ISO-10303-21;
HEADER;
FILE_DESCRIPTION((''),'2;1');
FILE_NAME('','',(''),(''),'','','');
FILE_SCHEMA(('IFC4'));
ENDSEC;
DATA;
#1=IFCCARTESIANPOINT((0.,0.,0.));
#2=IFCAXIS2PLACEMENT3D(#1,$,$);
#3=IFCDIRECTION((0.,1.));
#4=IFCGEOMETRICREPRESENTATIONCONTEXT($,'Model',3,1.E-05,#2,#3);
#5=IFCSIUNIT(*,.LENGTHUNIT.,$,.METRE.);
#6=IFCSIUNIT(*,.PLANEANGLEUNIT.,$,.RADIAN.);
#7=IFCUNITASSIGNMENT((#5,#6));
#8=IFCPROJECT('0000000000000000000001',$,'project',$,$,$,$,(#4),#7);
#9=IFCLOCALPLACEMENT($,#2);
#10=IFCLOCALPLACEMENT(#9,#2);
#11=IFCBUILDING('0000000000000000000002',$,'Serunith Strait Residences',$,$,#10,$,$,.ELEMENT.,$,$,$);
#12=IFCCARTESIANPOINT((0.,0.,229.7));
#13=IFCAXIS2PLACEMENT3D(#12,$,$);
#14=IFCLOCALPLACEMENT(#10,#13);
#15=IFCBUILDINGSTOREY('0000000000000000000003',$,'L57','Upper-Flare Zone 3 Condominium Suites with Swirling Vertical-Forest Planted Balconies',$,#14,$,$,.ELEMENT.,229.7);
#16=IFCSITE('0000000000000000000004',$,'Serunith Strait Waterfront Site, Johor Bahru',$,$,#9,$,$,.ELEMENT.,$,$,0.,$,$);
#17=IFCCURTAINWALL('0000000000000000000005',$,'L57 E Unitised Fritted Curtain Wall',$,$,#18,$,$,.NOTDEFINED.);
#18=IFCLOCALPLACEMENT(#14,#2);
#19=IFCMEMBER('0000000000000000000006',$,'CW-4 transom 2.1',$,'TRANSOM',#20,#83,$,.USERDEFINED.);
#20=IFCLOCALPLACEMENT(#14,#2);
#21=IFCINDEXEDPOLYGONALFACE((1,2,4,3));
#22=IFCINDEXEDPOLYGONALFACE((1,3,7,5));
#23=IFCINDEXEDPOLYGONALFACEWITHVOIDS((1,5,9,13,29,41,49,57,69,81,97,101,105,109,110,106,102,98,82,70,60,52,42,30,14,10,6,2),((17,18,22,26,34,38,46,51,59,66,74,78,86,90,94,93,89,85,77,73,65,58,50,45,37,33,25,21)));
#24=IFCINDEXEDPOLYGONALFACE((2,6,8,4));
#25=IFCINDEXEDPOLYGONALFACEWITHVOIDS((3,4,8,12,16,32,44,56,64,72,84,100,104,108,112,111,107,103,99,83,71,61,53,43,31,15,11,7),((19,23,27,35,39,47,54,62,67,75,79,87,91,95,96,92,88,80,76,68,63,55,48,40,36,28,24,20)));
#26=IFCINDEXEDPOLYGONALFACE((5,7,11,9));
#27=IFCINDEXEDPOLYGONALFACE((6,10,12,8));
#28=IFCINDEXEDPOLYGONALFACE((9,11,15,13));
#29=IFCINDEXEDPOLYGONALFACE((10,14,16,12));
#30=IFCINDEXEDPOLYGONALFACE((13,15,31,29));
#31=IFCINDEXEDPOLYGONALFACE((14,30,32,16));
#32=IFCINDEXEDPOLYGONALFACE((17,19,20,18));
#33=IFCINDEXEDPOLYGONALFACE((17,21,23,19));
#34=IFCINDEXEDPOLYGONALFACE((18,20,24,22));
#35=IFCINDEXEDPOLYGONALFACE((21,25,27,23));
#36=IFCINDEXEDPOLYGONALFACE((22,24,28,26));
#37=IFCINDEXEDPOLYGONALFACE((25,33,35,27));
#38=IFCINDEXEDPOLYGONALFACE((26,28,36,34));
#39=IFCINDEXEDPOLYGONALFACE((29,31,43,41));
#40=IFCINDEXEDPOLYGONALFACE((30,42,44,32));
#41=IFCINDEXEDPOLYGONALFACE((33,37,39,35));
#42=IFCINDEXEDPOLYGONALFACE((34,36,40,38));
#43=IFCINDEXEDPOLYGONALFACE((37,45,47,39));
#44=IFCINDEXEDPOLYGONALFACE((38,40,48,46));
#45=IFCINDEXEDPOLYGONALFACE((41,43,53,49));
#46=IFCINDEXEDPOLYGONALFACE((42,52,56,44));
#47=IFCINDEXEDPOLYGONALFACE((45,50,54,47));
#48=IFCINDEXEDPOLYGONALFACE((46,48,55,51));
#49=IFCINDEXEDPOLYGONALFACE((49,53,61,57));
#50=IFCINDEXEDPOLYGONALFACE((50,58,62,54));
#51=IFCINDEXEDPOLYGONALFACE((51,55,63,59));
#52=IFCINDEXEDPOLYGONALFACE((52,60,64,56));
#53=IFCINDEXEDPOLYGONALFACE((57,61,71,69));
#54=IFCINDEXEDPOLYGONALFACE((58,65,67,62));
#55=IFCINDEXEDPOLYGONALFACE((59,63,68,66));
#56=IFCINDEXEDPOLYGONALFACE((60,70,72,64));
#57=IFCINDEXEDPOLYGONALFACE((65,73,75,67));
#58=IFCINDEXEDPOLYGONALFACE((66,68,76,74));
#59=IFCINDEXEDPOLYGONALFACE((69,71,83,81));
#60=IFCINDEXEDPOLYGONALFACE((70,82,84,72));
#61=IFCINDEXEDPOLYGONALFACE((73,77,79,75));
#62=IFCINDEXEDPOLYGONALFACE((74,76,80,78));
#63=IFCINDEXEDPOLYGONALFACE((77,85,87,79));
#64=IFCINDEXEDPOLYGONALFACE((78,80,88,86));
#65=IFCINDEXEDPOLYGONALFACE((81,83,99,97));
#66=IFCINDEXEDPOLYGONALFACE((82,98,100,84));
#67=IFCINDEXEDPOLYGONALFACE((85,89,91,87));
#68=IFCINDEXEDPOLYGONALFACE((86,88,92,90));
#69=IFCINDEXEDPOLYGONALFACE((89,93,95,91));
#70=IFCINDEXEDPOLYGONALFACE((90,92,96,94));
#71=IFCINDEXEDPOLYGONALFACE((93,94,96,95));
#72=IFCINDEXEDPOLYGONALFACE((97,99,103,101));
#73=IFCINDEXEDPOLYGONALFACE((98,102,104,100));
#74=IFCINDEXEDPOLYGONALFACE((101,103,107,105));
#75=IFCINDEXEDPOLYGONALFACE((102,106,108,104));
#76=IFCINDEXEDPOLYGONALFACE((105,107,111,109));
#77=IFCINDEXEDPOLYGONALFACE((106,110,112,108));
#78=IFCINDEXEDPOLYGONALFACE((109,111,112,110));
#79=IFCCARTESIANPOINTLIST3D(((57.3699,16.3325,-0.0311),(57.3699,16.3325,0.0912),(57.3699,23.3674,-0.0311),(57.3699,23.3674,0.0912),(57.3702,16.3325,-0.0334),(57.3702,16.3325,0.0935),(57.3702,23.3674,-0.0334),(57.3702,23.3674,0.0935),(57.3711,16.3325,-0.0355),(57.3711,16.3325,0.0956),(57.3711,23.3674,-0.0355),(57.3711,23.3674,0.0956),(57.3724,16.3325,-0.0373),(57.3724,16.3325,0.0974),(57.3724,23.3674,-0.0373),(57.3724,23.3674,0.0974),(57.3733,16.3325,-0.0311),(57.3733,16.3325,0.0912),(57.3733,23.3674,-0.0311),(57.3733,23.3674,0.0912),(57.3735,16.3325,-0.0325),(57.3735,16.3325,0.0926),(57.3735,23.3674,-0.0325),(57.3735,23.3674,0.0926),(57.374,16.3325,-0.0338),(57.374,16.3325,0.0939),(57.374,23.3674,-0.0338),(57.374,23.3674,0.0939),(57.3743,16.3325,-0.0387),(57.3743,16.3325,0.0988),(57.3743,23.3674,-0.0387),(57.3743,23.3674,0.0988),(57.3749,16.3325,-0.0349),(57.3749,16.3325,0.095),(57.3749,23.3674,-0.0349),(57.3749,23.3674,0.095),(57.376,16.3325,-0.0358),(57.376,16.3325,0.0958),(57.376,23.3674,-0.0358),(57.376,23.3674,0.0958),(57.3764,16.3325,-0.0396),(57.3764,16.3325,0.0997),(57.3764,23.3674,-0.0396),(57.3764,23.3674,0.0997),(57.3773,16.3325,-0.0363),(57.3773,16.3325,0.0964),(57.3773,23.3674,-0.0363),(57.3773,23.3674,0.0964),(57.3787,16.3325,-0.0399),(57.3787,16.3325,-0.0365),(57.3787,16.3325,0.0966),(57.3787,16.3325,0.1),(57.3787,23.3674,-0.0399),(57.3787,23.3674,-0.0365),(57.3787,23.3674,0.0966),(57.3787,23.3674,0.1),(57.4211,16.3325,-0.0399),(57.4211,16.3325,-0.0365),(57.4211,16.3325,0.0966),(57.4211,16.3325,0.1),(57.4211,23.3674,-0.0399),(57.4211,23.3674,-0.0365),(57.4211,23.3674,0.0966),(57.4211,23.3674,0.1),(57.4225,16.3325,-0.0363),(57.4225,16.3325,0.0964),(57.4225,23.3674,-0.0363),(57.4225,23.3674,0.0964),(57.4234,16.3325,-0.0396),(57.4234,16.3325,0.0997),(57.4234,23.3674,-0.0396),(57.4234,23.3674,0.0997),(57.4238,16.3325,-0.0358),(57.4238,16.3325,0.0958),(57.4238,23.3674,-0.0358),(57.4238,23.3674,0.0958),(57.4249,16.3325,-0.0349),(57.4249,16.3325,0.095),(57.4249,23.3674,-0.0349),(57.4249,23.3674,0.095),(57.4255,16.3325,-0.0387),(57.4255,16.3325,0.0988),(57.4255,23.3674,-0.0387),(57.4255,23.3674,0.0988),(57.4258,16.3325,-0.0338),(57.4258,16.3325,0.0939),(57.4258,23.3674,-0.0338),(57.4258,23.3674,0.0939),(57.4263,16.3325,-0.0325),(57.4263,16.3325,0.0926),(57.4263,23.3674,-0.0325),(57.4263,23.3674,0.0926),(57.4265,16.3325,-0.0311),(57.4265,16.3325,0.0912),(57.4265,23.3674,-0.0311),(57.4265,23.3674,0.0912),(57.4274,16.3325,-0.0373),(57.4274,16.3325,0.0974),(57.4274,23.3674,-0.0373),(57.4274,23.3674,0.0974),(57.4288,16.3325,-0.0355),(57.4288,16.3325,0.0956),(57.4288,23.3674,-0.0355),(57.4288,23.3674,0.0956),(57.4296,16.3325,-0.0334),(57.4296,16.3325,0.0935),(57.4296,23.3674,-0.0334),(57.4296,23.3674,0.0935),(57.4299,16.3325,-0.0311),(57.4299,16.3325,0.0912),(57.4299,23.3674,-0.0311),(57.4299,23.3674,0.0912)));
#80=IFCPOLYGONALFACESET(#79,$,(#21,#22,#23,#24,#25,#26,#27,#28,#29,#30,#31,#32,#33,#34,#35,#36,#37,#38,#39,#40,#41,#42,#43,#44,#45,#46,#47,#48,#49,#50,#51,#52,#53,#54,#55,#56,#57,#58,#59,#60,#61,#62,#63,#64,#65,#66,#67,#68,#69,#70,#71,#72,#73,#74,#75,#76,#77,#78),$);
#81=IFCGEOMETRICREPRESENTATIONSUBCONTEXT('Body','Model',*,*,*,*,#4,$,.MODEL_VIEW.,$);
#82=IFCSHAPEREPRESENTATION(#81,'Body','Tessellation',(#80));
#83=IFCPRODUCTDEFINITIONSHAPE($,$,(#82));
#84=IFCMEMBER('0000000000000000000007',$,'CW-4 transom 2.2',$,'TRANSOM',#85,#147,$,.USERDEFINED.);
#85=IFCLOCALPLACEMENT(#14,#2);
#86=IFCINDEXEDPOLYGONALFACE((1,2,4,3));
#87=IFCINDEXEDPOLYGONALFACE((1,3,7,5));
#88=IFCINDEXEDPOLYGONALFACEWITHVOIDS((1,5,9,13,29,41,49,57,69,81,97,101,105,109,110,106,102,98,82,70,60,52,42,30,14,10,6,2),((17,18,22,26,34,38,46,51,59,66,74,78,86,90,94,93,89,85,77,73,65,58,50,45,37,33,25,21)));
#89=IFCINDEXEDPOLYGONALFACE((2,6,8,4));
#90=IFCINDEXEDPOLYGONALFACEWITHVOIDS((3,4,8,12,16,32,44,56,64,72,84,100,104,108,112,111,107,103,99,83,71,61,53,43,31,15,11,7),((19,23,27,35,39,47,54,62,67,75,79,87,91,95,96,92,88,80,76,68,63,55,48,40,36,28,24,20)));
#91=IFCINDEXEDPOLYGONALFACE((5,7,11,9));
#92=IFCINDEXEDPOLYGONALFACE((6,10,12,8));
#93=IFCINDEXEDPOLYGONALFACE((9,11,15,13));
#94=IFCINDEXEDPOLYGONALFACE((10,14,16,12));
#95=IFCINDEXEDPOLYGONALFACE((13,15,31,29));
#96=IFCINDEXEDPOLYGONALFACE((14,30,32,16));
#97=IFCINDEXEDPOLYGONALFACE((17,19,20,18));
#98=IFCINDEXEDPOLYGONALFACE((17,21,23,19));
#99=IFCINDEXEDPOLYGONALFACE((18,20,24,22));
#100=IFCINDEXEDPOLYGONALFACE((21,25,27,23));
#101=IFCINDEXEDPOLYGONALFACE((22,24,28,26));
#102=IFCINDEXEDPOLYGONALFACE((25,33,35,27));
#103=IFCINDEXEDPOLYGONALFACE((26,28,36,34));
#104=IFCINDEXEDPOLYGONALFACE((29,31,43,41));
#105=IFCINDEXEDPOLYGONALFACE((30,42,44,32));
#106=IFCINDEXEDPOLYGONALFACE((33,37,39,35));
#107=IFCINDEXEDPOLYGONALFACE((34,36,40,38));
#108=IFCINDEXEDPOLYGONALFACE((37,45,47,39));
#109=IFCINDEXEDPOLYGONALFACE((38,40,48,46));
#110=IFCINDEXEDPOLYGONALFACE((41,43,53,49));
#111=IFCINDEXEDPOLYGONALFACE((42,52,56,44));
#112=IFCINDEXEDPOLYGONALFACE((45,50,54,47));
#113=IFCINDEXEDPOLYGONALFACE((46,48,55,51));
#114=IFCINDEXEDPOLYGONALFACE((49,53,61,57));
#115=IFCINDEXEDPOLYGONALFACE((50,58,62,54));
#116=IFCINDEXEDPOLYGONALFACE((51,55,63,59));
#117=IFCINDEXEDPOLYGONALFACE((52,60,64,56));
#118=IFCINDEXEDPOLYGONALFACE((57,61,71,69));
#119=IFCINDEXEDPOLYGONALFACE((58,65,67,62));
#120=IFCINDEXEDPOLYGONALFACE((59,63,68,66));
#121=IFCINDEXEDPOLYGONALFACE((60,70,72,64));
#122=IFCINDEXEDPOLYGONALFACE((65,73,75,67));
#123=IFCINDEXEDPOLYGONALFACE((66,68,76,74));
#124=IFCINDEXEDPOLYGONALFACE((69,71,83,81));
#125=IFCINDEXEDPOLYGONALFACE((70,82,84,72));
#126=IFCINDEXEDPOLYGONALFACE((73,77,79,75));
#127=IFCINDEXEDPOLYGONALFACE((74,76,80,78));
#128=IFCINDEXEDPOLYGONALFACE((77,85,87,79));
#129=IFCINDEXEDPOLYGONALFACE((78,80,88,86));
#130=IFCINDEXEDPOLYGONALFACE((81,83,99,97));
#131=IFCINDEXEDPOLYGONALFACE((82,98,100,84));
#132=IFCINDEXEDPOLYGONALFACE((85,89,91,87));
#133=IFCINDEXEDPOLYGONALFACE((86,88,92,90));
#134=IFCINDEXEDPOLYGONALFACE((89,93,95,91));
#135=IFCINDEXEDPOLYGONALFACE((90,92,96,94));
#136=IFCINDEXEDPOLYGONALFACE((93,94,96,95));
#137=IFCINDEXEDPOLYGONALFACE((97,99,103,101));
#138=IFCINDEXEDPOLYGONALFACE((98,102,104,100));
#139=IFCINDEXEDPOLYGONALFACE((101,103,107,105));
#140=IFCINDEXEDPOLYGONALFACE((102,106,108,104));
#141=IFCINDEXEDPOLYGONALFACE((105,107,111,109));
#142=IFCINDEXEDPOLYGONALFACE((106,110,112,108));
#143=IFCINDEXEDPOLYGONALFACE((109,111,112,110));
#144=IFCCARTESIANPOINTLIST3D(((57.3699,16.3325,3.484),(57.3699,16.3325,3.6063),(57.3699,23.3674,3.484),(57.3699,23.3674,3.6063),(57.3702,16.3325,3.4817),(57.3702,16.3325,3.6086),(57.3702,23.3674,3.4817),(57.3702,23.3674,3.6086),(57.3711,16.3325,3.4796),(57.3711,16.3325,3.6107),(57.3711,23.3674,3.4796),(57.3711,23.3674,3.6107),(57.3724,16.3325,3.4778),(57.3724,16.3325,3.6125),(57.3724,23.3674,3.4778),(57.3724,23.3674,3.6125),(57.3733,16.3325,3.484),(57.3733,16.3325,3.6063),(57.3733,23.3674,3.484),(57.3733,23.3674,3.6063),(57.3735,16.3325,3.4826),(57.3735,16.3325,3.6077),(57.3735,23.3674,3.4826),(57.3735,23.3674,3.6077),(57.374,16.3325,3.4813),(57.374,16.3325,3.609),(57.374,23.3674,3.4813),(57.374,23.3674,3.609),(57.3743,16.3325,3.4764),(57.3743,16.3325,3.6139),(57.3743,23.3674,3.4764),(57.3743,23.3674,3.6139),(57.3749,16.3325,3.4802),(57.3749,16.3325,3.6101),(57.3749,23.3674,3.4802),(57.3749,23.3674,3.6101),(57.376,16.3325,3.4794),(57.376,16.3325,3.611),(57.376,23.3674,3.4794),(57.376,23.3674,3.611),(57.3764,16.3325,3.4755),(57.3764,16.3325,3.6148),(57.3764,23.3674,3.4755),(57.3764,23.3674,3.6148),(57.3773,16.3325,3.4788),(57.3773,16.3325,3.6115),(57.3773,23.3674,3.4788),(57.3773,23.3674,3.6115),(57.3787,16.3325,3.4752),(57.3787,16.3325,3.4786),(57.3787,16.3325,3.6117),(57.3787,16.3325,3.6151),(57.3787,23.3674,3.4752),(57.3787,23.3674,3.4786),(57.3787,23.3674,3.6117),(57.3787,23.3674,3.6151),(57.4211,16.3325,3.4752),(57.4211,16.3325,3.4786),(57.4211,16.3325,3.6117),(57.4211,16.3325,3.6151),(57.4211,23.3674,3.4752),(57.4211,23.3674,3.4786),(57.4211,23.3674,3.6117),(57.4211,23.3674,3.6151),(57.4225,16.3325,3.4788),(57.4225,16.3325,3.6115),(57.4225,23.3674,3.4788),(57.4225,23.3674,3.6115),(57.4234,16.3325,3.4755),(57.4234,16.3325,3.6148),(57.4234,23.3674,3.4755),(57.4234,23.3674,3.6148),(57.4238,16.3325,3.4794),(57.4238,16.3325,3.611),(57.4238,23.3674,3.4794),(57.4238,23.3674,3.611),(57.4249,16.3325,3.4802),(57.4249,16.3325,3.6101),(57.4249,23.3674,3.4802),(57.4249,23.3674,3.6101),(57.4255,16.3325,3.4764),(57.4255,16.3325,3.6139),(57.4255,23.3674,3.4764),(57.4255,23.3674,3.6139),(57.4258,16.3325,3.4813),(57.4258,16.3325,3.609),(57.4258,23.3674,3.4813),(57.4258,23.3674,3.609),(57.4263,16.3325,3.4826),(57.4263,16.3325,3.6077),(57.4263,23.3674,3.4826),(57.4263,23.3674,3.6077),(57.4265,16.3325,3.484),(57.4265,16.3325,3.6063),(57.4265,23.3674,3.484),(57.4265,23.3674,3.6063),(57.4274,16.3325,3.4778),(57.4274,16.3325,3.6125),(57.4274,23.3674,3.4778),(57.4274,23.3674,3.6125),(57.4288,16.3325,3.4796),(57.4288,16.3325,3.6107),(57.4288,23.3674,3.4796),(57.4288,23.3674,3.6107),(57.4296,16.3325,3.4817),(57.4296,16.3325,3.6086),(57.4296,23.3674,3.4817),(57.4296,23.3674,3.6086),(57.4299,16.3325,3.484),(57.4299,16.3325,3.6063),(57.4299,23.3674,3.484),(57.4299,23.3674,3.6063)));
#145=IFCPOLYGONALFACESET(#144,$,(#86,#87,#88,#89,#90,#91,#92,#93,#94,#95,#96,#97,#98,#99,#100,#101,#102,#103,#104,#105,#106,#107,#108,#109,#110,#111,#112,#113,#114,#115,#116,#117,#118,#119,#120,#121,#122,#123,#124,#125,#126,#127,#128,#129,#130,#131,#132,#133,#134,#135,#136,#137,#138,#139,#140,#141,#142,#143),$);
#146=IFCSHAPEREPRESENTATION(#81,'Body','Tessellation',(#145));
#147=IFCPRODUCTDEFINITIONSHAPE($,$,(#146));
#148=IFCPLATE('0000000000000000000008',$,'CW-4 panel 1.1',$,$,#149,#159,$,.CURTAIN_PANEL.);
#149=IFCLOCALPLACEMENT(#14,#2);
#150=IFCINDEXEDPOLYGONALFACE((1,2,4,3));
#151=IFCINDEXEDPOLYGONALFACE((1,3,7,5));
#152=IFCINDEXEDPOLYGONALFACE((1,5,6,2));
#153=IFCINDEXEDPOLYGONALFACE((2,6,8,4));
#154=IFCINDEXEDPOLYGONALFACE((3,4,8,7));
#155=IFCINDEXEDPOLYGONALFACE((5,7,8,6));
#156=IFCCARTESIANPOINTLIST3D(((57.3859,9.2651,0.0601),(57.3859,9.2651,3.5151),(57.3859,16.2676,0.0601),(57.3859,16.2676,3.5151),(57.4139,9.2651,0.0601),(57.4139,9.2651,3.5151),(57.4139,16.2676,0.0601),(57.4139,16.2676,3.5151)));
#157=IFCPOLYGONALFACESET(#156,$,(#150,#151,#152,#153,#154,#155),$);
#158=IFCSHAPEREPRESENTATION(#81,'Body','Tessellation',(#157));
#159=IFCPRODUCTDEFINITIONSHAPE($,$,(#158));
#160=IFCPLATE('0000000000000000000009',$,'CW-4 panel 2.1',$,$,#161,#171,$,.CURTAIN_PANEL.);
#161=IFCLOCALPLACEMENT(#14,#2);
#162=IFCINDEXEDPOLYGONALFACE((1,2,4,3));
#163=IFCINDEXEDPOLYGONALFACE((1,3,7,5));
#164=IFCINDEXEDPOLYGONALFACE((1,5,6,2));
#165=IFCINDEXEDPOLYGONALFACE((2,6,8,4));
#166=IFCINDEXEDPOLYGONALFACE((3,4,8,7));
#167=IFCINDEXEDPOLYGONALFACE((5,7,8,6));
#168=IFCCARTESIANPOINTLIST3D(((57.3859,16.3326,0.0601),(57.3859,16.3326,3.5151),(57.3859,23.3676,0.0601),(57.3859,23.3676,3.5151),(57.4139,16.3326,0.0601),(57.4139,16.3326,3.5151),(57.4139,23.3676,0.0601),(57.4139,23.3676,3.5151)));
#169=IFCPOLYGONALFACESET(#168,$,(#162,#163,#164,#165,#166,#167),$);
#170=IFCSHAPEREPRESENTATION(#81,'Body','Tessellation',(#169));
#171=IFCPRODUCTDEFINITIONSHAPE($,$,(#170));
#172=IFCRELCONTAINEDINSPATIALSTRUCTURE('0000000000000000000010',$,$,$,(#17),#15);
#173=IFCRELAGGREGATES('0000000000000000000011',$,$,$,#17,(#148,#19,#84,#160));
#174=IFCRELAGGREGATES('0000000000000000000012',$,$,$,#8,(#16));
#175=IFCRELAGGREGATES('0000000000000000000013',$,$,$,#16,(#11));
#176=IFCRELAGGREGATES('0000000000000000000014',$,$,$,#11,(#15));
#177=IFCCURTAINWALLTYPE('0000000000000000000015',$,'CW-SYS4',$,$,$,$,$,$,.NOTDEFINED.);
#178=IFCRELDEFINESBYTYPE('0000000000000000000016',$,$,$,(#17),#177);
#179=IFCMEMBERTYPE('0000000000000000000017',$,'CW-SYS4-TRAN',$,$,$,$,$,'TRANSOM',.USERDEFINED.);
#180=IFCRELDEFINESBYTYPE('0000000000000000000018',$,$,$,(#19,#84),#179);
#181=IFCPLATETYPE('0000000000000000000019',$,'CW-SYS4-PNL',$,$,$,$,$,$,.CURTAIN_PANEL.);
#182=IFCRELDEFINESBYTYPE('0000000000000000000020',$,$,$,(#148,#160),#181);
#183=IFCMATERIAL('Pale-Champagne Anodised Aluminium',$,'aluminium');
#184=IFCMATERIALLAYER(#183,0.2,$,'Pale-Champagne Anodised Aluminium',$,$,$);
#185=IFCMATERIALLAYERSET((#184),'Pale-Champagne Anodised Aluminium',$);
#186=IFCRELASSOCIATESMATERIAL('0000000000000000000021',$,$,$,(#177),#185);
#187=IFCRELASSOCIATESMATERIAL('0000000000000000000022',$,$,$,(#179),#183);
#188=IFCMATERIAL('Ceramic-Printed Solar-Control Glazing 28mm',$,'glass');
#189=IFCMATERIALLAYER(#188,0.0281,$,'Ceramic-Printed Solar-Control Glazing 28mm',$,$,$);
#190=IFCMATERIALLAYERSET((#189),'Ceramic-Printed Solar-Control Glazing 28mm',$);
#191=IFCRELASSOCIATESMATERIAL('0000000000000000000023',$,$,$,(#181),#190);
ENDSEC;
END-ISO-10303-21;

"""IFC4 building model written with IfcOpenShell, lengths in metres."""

from ifc_helpers import new_model, si_unit, direction, frame, origin, origin_2d, place, context, subcontext, project, spatial, rectangle, hollow_rectangle, extrude, source, transform, mapped, material, layer, layer_set, material_profile, profile_set, type_object, element, aggregate, save


model = new_model("IFC4")

# Units and contexts
model_context = context("Model", 3, precision=1e-05, world=origin(), true_north=direction((0.0, 1.0)))
body_context = subcontext(model_context, "Body", "Model", "MODEL_VIEW")
ifc_project = project(units=[si_unit("LENGTHUNIT", "METRE"), si_unit("PLANEANGLEUNIT", "RADIAN")], contexts=[model_context])

# Site, building, storey
site_placement = place(None, origin())
site = spatial("IfcSite", under=ifc_project, at=site_placement, Name="Serunith Strait Waterfront Site, Johor Bahru", CompositionType="ELEMENT", RefElevation=0.0)
building_placement = place(site_placement, origin())
building = spatial("IfcBuilding", under=site, at=building_placement, Name="Serunith Strait Residences", CompositionType="ELEMENT")
storey_placement = place(building_placement, frame((0.0, 0.0, 229.7)))
storey = spatial("IfcBuildingStorey", under=building, at=storey_placement, Name="L57", Description="Upper-Flare Zone 3 Condominium Suites with Swirling Vertical-Forest Planted Balconies", CompositionType="ELEMENT", Elevation=229.7)

# Curtain wall, members, plates
ifc_material_1 = material(Name="Pale-Champagne Anodised Aluminium", Category="aluminium")
ifc_layer_1 = layer(ifc_material_1, 0.2, Name="Pale-Champagne Anodised Aluminium")
ifc_layer_set_1 = layer_set([ifc_layer_1], Name="Pale-Champagne Anodised Aluminium")
curtain_wall_type = type_object("IfcCurtainWallType", Name="CW-SYS4", PredefinedType="NOTDEFINED", material=ifc_layer_set_1)
curtain_wall_placement = place(storey_placement, origin())
curtain_wall = element("IfcCurtainWall", 1, at=curtain_wall_placement, inside=storey, type_object=curtain_wall_type, Name="L57 E Unitised Fritted Curtain Wall", PredefinedType="NOTDEFINED")
ifc_material_profile_1 = material_profile(ifc_material_1, hollow_rectangle(XDim=0.0601, YDim=0.1399, WallThickness=0.0034, InnerFilletRadius=0.0054, OuterFilletRadius=0.0088, at=origin_2d()), Name="ALU 140x60x3.5")
ifc_profile_set_1 = profile_set([ifc_material_profile_1], Name="Pale-Champagne Anodised Aluminium")
member_type_1 = type_object("IfcMemberType", Name="CW-SYS4-TRAN", ElementType="TRANSOM", PredefinedType="USERDEFINED", material=ifc_profile_set_1)
shared_shape_1 = source(origin(), body_context, "Body", "SweptSolid", [
    extrude(hollow_rectangle(XDim=0.0601, YDim=0.1399, WallThickness=0.0034, InnerFilletRadius=0.0054, OuterFilletRadius=0.0088, at=origin_2d()), origin(), (0.0, 0.0, 1.0), 7.0349),
])
member_1_placement = place(storey_placement, frame((57.3999, 16.3325, 0.03), z_axis=(0.0, 1.0, 0.0), x_axis=(-1.0, 0.0, 0.0)))
member_1 = element("IfcMember", 2, at=member_1_placement, type_object=member_type_1, Name="CW-4 transom 2.1", ObjectType="TRANSOM", PredefinedType="USERDEFINED", context=body_context, shape_type="MappedRepresentation", body=[
    mapped(shared_shape_1, transform((0.0, 0.0, 0.0), scale=1.0)),
])
member_2_placement = place(storey_placement, frame((57.3999, 16.3325, 3.5452), z_axis=(0.0, 1.0, 0.0), x_axis=(-1.0, 0.0, 0.0)))
member_2 = element("IfcMember", 3, at=member_2_placement, type_object=member_type_1, Name="CW-4 transom 2.2", ObjectType="TRANSOM", PredefinedType="USERDEFINED", context=body_context, shape_type="MappedRepresentation", body=[
    mapped(shared_shape_1, transform((0.0, 0.0, 0.0), scale=1.0)),
])
ifc_material_2 = material(Name="Ceramic-Printed Solar-Control Glazing 28mm", Category="glass")
ifc_layer_2 = layer(ifc_material_2, 0.0281, Name="Ceramic-Printed Solar-Control Glazing 28mm")
ifc_layer_set_2 = layer_set([ifc_layer_2], Name="Ceramic-Printed Solar-Control Glazing 28mm")
plate_type = type_object("IfcPlateType", Name="CW-SYS4-PNL", PredefinedType="CURTAIN_PANEL", material=ifc_layer_set_2)
shared_shape_2 = source(origin(), body_context, "Body", "SweptSolid", [
    extrude(rectangle(XDim=7.0024, YDim=0.0281, at=origin_2d()), origin(), (0.0, 0.0, 1.0), 3.4551),
])
plate_1_placement = place(storey_placement, frame((57.3999, 12.7664, 0.0601), z_axis=(0.0, 0.0, 1.0), x_axis=(0.0, 1.0, 0.0)))
plate_1 = element("IfcPlate", 4, at=plate_1_placement, type_object=plate_type, Name="CW-4 panel 1.1", PredefinedType="CURTAIN_PANEL", context=body_context, shape_type="MappedRepresentation", body=[
    mapped(shared_shape_2, transform((0.0, 0.0, 0.0), scale=1.0)),
])
shared_shape_3 = source(origin(), body_context, "Body", "SweptSolid", [
    extrude(rectangle(XDim=7.0349, YDim=0.0281, at=origin_2d()), origin(), (0.0, 0.0, 1.0), 3.4551),
])
plate_2_placement = place(storey_placement, frame((57.3999, 19.8501, 0.0601), z_axis=(0.0, 0.0, 1.0), x_axis=(0.0, 1.0, 0.0)))
plate_2 = element("IfcPlate", 5, at=plate_2_placement, type_object=plate_type, Name="CW-4 panel 2.1", PredefinedType="CURTAIN_PANEL", context=body_context, shape_type="MappedRepresentation", body=[
    mapped(shared_shape_3, transform((0.0, 0.0, 0.0), scale=1.0)),
])
aggregate(curtain_wall, [plate_1, member_1, member_2, plate_2])

save(model, "model.ifc")
